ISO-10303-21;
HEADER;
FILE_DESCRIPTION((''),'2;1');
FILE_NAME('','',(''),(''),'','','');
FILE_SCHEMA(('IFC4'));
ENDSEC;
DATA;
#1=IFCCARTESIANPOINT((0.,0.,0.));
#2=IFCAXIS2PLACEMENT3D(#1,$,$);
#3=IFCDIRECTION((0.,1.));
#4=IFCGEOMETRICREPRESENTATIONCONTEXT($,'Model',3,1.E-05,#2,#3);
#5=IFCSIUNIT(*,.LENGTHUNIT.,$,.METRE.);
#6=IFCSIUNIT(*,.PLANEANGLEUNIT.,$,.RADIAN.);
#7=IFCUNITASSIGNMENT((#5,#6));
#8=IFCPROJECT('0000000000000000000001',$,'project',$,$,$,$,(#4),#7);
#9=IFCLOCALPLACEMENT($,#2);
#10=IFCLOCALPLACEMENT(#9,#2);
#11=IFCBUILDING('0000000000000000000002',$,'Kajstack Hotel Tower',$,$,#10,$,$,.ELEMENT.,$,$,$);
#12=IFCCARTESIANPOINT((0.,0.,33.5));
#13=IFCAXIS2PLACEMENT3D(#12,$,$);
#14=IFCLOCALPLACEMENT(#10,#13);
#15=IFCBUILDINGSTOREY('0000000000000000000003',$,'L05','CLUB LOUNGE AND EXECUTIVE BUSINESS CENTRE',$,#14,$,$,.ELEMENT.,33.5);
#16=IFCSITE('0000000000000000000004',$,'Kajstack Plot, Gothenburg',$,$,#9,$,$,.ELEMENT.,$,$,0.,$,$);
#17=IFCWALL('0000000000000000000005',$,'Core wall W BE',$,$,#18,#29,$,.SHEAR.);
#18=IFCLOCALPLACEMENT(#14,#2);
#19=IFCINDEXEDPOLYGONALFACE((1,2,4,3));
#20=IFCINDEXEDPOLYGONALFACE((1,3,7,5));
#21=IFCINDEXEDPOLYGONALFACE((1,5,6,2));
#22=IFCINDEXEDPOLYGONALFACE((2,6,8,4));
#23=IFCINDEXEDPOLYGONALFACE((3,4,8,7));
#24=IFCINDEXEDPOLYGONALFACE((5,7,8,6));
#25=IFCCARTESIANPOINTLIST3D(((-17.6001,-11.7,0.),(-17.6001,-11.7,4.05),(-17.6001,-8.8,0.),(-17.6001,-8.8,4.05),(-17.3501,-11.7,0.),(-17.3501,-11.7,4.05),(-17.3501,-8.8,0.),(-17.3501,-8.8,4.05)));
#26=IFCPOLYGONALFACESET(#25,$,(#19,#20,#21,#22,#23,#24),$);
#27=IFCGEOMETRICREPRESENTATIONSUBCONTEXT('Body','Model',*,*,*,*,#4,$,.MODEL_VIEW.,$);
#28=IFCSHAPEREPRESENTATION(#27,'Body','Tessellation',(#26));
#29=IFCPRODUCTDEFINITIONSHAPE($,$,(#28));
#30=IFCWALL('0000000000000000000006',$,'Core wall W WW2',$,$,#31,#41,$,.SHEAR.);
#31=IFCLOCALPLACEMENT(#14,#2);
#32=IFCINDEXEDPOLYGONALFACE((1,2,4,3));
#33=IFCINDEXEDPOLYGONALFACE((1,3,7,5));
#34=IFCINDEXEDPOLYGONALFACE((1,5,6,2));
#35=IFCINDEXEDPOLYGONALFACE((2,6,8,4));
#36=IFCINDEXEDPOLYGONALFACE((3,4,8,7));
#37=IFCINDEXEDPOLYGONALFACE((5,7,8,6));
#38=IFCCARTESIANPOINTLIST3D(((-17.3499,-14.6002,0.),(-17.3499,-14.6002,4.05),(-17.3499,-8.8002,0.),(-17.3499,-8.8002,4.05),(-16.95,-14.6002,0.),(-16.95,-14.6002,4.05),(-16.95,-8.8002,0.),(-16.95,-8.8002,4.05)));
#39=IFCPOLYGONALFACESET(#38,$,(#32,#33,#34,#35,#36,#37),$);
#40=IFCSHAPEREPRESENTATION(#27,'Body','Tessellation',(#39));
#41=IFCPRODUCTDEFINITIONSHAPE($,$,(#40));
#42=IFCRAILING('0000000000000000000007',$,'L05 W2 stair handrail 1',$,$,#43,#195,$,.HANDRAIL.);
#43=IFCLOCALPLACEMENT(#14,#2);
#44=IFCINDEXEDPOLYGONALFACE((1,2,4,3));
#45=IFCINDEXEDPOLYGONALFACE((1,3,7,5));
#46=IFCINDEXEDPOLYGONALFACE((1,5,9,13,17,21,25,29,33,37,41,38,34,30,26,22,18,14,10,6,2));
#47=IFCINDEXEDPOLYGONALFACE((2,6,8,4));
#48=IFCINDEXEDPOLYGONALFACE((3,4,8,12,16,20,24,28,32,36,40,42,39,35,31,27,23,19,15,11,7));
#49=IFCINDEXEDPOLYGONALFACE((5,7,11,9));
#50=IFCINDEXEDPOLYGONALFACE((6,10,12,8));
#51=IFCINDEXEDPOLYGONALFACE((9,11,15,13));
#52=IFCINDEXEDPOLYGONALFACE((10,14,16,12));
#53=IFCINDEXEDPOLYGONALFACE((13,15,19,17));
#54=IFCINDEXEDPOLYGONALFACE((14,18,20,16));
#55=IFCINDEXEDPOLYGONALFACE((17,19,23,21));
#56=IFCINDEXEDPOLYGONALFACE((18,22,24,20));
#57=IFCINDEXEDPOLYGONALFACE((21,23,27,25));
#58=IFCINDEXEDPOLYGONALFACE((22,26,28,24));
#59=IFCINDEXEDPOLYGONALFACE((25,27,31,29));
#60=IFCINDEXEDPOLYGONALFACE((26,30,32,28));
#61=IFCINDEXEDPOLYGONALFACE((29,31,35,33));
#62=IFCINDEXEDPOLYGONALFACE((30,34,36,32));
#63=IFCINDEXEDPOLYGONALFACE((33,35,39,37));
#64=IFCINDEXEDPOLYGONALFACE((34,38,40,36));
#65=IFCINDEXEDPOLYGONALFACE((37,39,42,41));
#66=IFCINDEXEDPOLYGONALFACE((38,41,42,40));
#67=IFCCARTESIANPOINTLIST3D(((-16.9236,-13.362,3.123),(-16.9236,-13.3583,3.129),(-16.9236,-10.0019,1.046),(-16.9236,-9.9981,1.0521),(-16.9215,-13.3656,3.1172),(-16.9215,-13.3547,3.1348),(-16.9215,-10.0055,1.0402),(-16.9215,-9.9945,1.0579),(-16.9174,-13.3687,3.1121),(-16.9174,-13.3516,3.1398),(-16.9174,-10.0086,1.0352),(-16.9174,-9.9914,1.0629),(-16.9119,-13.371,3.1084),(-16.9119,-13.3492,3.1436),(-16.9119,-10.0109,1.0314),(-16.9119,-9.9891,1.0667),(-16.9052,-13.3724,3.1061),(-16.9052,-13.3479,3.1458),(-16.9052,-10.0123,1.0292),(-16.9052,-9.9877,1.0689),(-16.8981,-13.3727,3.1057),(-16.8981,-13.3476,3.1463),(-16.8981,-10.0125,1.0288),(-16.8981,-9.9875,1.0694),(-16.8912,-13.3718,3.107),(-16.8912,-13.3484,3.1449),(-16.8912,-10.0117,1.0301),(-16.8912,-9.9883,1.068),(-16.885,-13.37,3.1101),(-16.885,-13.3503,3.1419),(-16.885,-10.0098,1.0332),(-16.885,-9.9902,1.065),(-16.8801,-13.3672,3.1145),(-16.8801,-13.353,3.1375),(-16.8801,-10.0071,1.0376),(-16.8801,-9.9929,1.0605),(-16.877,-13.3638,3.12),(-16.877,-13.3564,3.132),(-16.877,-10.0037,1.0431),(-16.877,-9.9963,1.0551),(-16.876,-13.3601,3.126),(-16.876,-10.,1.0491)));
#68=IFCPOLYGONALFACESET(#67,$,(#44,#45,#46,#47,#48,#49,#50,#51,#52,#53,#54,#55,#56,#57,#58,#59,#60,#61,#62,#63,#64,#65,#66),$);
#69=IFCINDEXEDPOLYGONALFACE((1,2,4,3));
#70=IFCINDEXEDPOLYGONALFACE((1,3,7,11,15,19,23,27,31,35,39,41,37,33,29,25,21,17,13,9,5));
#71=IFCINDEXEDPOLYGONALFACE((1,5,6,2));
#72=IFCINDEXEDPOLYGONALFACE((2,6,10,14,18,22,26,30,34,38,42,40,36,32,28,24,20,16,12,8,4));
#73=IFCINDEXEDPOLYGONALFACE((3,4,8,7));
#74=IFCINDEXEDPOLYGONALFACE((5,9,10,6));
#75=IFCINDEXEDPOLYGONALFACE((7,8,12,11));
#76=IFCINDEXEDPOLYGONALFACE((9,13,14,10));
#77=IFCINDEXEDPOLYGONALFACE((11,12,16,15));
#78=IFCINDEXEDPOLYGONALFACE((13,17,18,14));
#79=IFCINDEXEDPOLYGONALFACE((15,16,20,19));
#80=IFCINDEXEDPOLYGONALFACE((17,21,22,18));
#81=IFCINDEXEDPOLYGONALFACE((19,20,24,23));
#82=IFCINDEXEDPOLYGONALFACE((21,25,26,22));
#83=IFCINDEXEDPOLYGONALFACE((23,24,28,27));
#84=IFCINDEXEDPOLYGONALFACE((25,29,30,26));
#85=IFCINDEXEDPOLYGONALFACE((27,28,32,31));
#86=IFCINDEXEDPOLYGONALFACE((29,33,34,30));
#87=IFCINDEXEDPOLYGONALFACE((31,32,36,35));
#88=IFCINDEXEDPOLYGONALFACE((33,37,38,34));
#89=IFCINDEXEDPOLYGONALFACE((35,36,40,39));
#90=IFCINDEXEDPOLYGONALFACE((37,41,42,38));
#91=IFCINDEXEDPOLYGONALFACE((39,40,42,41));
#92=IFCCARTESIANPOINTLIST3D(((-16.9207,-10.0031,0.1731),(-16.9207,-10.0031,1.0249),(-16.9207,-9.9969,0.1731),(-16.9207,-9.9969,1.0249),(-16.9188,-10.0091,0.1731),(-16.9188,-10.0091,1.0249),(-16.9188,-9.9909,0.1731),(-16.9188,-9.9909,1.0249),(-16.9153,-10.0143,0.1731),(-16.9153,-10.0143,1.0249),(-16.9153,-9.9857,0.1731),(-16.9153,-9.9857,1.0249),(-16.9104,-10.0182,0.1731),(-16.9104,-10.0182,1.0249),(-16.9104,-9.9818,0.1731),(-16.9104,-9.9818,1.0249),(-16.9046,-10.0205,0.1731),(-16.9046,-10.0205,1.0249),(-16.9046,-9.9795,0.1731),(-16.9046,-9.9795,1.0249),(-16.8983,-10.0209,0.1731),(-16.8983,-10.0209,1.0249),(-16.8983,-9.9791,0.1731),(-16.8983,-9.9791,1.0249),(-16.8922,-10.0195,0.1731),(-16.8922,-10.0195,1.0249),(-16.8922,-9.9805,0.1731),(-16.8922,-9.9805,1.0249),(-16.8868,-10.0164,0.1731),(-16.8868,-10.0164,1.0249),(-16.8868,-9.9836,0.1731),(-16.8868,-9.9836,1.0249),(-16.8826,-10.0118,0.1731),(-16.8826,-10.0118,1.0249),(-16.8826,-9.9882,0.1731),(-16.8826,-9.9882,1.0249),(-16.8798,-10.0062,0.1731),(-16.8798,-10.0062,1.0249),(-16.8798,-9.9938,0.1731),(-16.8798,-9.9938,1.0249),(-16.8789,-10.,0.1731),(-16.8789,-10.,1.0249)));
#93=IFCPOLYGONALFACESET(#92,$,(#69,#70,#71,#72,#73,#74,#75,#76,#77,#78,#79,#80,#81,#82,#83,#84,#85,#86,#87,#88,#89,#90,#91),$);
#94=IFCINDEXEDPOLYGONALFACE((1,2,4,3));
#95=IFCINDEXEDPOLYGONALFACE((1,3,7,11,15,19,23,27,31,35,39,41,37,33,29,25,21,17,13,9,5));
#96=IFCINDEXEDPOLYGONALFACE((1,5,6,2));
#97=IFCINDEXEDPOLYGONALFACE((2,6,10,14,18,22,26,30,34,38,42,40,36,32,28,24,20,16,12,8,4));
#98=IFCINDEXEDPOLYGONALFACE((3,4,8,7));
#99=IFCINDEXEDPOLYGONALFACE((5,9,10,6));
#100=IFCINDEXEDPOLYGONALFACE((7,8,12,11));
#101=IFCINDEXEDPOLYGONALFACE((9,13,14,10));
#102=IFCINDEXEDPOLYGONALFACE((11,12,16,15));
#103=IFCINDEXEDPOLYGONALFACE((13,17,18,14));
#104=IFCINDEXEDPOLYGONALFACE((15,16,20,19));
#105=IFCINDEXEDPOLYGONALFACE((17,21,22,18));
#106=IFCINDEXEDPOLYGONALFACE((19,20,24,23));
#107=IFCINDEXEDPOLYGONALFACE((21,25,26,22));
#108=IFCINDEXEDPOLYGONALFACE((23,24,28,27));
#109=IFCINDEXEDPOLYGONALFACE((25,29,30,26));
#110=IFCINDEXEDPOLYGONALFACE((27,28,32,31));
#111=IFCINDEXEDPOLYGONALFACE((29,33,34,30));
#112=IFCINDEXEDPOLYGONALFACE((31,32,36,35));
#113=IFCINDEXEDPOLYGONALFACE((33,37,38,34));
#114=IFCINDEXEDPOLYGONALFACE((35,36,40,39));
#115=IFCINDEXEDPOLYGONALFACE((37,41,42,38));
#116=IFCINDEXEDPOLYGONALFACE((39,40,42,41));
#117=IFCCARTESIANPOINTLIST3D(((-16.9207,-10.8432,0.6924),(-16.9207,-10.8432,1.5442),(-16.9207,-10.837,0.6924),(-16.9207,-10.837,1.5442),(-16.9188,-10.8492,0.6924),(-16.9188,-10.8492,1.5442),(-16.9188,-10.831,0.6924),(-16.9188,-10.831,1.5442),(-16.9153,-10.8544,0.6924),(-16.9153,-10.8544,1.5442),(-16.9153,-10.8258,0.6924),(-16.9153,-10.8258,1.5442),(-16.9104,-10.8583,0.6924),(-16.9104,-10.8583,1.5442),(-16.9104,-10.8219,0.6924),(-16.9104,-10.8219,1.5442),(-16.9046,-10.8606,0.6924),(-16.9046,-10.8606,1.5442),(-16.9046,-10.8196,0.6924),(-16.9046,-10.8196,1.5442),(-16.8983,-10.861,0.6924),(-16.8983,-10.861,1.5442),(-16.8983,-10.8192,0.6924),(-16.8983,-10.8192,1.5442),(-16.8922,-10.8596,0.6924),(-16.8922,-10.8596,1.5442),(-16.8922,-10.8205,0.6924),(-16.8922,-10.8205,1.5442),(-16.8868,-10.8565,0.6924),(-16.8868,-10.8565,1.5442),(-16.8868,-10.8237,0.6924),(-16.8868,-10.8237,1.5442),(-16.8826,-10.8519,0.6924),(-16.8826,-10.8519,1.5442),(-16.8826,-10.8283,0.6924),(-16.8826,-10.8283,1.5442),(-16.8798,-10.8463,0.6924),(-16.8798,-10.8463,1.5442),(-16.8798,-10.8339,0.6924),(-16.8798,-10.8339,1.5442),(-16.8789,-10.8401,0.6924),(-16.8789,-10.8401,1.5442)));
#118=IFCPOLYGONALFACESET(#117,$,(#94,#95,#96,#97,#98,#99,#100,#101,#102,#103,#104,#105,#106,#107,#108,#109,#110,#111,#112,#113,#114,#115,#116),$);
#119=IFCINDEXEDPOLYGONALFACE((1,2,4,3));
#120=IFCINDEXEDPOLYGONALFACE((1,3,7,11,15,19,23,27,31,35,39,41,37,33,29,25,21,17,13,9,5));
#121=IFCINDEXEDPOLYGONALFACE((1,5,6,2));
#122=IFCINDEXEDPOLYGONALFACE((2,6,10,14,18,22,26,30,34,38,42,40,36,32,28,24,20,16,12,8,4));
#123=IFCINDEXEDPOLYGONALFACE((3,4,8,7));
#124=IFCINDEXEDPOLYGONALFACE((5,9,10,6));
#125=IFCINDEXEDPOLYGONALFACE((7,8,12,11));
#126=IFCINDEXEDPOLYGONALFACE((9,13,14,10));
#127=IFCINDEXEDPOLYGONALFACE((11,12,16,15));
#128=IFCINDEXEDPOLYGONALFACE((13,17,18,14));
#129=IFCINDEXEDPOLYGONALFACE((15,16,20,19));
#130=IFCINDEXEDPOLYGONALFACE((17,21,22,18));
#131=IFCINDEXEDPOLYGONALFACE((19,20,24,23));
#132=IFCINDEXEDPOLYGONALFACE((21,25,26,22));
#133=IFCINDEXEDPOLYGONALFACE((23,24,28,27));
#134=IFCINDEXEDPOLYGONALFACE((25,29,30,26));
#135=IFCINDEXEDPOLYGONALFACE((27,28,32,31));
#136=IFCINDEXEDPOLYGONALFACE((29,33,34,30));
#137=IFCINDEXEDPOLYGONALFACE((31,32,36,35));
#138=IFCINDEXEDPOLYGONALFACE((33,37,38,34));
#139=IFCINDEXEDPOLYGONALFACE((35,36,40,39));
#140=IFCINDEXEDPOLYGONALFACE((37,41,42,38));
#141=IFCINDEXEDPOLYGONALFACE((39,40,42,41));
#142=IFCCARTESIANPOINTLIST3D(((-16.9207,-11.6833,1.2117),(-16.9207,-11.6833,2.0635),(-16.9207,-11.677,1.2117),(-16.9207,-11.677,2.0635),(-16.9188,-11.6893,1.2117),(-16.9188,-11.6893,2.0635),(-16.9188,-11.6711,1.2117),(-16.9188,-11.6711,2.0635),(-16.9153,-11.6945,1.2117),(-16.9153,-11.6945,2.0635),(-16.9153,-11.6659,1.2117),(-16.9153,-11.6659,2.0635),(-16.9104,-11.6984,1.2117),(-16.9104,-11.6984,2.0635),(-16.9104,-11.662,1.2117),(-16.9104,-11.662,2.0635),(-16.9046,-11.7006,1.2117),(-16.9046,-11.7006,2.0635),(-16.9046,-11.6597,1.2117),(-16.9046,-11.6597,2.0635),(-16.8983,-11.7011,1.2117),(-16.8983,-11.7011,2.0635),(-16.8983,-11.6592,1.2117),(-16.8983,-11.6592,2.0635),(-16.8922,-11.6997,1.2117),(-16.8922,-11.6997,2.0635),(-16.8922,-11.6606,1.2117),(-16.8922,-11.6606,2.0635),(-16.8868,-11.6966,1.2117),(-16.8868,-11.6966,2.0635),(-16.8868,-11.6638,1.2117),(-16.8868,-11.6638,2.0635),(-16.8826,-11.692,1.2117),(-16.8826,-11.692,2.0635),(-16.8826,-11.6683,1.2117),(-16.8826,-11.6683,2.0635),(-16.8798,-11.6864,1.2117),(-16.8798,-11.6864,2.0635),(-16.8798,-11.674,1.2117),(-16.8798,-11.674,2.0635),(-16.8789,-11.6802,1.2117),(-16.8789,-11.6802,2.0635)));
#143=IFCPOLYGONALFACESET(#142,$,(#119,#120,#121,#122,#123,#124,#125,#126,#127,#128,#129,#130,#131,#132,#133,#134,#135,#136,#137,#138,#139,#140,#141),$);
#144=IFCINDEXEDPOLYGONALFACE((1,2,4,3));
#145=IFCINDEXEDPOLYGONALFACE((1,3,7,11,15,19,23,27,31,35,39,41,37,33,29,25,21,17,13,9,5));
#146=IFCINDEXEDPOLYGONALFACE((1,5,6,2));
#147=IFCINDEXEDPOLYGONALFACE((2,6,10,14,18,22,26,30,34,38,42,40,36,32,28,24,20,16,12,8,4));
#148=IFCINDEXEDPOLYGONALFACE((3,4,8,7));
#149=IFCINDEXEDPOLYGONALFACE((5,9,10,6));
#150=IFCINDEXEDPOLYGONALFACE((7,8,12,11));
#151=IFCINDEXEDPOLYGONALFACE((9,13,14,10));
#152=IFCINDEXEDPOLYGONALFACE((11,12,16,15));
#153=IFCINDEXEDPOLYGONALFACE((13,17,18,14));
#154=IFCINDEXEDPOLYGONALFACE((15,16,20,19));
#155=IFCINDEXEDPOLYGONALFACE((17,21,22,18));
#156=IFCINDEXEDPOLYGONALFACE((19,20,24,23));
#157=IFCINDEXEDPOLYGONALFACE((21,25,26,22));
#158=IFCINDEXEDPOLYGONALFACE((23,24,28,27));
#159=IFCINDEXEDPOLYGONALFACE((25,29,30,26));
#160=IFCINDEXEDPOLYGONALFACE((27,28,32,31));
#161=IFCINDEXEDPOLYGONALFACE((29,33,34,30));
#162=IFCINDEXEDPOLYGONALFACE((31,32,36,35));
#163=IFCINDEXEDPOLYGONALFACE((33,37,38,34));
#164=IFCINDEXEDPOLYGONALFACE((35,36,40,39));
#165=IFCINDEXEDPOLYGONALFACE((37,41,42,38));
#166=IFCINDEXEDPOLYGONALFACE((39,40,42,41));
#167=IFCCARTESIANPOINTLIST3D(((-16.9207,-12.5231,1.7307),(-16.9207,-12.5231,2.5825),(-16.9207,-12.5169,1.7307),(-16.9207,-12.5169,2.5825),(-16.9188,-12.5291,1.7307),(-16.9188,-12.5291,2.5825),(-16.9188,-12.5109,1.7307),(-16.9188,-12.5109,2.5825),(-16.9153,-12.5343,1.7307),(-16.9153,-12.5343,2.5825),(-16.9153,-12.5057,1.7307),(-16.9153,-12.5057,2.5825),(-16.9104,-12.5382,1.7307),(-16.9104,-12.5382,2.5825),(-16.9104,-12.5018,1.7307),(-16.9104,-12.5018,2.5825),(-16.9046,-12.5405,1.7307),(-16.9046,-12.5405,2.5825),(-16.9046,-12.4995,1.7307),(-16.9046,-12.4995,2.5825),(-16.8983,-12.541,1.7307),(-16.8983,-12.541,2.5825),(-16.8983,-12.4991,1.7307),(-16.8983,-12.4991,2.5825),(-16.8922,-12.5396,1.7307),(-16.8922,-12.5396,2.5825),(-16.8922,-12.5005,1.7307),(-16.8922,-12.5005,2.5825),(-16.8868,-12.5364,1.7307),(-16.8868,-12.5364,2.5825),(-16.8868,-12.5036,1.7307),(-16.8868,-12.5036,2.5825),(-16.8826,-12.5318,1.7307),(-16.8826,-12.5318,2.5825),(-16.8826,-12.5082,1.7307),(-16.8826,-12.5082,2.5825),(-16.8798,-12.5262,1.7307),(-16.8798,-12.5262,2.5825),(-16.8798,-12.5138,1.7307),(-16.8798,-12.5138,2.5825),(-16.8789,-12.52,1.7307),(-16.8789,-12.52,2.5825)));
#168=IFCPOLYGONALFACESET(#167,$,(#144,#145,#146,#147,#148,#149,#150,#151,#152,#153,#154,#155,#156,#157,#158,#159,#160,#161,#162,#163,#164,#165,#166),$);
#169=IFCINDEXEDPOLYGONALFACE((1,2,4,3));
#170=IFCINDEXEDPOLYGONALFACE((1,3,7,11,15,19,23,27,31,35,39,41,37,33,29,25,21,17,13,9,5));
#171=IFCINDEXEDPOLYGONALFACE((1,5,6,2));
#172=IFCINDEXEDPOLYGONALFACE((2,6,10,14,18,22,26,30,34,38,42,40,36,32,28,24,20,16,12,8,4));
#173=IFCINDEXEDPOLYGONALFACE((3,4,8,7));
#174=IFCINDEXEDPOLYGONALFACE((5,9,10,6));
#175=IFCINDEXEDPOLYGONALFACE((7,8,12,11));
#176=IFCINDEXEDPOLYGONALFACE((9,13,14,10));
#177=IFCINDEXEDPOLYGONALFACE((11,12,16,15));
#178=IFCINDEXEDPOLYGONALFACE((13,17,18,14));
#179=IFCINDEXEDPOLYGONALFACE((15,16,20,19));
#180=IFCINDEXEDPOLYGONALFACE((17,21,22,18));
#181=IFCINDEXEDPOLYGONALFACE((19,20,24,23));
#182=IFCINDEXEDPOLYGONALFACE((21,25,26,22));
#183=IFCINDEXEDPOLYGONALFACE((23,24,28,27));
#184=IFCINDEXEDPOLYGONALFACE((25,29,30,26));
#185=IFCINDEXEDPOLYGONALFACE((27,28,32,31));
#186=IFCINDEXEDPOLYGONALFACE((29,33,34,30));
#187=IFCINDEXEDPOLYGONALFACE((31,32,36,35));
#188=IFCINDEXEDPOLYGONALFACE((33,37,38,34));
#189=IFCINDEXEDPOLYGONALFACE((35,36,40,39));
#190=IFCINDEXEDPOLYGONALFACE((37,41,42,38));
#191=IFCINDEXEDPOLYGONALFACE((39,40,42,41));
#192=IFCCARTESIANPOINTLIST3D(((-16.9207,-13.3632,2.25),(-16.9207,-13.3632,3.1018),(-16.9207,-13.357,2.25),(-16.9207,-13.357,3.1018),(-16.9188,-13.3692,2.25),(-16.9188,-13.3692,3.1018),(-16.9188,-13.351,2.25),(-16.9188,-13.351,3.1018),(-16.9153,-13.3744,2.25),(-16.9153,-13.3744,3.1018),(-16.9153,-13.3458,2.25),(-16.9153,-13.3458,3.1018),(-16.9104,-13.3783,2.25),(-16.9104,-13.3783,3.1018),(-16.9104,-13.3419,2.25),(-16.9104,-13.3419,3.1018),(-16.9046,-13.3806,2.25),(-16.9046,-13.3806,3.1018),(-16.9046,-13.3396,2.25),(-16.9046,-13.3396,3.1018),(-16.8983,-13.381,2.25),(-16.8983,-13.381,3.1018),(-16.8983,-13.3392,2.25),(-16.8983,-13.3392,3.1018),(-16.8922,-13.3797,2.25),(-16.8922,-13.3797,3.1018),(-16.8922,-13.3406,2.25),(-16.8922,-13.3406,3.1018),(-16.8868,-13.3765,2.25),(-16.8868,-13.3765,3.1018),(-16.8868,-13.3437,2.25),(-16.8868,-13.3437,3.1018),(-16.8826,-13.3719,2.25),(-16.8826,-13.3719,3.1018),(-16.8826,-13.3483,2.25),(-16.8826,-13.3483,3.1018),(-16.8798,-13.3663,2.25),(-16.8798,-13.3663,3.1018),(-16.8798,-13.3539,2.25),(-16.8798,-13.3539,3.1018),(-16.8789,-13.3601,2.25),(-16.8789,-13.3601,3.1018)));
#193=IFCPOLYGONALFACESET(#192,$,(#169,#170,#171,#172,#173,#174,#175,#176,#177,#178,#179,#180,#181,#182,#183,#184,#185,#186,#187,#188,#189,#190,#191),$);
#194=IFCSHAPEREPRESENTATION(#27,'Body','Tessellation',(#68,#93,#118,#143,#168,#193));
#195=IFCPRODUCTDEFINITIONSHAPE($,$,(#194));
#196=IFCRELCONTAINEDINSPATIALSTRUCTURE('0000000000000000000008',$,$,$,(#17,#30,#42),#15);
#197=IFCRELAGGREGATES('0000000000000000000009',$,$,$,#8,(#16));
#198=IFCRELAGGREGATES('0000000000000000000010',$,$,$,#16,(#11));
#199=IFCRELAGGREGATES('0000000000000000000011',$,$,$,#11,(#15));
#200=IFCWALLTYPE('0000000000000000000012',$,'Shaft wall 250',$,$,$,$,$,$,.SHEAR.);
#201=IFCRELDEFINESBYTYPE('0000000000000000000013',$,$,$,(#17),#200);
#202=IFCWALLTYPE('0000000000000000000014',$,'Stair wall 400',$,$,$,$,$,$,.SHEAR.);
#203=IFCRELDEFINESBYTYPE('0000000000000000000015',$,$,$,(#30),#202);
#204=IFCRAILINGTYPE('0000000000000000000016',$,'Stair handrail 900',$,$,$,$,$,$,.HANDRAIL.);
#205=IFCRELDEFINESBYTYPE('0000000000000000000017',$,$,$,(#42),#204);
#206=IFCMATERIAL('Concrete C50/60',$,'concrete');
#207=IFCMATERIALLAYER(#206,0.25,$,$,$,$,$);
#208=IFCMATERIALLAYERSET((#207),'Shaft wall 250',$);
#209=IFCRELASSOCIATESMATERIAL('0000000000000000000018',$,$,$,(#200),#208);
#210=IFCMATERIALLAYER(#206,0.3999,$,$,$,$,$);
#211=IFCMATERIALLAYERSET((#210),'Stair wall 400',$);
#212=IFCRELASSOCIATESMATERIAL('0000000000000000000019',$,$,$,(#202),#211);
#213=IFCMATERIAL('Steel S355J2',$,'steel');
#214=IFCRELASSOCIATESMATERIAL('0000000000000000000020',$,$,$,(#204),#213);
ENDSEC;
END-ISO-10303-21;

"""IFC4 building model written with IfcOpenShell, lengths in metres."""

from ifc_helpers import new_model, si_unit, direction, frame, frame_2d, origin, origin_2d, place, context, subcontext, project, spatial, rectangle, circle, extrude, material, layer, layer_set, type_object, element, save


model = new_model("IFC4")

# Units and contexts
model_context = context("Model", 3, precision=1e-05, world=origin(), true_north=direction((0.0, 1.0)))
body_context = subcontext(model_context, "Body", "Model", "MODEL_VIEW")
ifc_project = project(units=[si_unit("LENGTHUNIT", "METRE"), si_unit("PLANEANGLEUNIT", "RADIAN")], contexts=[model_context])

# Site, building, storey
site_placement = place(None, origin())
site = spatial("IfcSite", under=ifc_project, at=site_placement, Name="Kajstack Plot, Gothenburg", CompositionType="ELEMENT", RefElevation=0.0)
building_placement = place(site_placement, origin())
building = spatial("IfcBuilding", under=site, at=building_placement, Name="Kajstack Hotel Tower", CompositionType="ELEMENT")
storey_placement = place(building_placement, frame((0.0, 0.0, 33.5)))
storey = spatial("IfcBuildingStorey", under=building, at=storey_placement, Name="L05", Description="CLUB LOUNGE AND EXECUTIVE BUSINESS CENTRE", CompositionType="ELEMENT", Elevation=33.5)

# Walls
ifc_material_1 = material(Name="Concrete C50/60", Category="concrete")
ifc_layer_1 = layer(ifc_material_1, 0.25)
ifc_layer_set_1 = layer_set([ifc_layer_1], Name="Shaft wall 250")
wall_type_1 = type_object("IfcWallType", Name="Shaft wall 250", PredefinedType="SHEAR", material=ifc_layer_set_1)
wall_1_placement = place(storey_placement, frame((-17.4751, -11.7, 0.0), z_axis=(0.0, 0.0, 1.0), x_axis=(0.0, 1.0, 0.0)))
element("IfcWall", 1, at=wall_1_placement, inside=storey, type_object=wall_type_1, Name="Core wall W BE", PredefinedType="SHEAR", context=body_context, shape_type="SweptSolid", body=[
    extrude(rectangle(XDim=2.8999, YDim=0.25, at=frame_2d((1.45, 0.0))), origin(), (0.0, 0.0, 1.0), 4.05),
])
ifc_layer_2 = layer(ifc_material_1, 0.3999)
ifc_layer_set_2 = layer_set([ifc_layer_2], Name="Stair wall 400")
wall_type_2 = type_object("IfcWallType", Name="Stair wall 400", PredefinedType="SHEAR", material=ifc_layer_set_2)
wall_2_placement = place(storey_placement, frame((-17.1499, -14.6001, 0.0), z_axis=(0.0, 0.0, 1.0), x_axis=(0.0, 1.0, 0.0)))
element("IfcWall", 2, at=wall_2_placement, inside=storey, type_object=wall_type_2, Name="Core wall W WW2", PredefinedType="SHEAR", context=body_context, shape_type="SweptSolid", body=[
    extrude(rectangle(XDim=5.8, YDim=0.3999, at=frame_2d((2.8999, 0.0))), origin(), (0.0, 0.0, 1.0), 4.05),
])

# Railing
ifc_material_2 = material(Name="Steel S355J2", Category="steel")
railing_type_1 = type_object("IfcRailingType", Name="Stair handrail 900", PredefinedType="HANDRAIL", material=ifc_material_2)
railing_1_placement = place(storey_placement, frame((-16.8999, -10.0, 0.1731)))
element("IfcRailing", 3, at=railing_1_placement, inside=storey, type_object=railing_type_1, Name="L05 W2 stair handrail 1", PredefinedType="HANDRAIL", context=body_context, shape_type="SweptSolid", body=[
    extrude(circle(Radius=0.0239, at=origin_2d()), frame((0.0, 0.0, 0.876), z_axis=(0.0, -0.850623, 0.525776), x_axis=(1.0, 0.0, 0.0)), (0.0, 0.0, 1.0), 3.9502),
    extrude(circle(Radius=0.021, at=origin_2d()), origin(), (0.0, 0.0, 1.0), 0.8518),
    extrude(circle(Radius=0.021, at=origin_2d()), frame((0.0, -0.8401, 0.5193)), (0.0, 0.0, 1.0), 0.8518),
    extrude(circle(Radius=0.021, at=origin_2d()), frame((0.0, -1.6802, 1.0386)), (0.0, 0.0, 1.0), 0.8518),
    extrude(circle(Radius=0.021, at=origin_2d()), frame((0.0, -2.52, 1.5576)), (0.0, 0.0, 1.0), 0.8518),
    extrude(circle(Radius=0.021, at=origin_2d()), frame((0.0, -3.3601, 2.0769)), (0.0, 0.0, 1.0), 0.8518),
])

save(model, "model.ifc")
